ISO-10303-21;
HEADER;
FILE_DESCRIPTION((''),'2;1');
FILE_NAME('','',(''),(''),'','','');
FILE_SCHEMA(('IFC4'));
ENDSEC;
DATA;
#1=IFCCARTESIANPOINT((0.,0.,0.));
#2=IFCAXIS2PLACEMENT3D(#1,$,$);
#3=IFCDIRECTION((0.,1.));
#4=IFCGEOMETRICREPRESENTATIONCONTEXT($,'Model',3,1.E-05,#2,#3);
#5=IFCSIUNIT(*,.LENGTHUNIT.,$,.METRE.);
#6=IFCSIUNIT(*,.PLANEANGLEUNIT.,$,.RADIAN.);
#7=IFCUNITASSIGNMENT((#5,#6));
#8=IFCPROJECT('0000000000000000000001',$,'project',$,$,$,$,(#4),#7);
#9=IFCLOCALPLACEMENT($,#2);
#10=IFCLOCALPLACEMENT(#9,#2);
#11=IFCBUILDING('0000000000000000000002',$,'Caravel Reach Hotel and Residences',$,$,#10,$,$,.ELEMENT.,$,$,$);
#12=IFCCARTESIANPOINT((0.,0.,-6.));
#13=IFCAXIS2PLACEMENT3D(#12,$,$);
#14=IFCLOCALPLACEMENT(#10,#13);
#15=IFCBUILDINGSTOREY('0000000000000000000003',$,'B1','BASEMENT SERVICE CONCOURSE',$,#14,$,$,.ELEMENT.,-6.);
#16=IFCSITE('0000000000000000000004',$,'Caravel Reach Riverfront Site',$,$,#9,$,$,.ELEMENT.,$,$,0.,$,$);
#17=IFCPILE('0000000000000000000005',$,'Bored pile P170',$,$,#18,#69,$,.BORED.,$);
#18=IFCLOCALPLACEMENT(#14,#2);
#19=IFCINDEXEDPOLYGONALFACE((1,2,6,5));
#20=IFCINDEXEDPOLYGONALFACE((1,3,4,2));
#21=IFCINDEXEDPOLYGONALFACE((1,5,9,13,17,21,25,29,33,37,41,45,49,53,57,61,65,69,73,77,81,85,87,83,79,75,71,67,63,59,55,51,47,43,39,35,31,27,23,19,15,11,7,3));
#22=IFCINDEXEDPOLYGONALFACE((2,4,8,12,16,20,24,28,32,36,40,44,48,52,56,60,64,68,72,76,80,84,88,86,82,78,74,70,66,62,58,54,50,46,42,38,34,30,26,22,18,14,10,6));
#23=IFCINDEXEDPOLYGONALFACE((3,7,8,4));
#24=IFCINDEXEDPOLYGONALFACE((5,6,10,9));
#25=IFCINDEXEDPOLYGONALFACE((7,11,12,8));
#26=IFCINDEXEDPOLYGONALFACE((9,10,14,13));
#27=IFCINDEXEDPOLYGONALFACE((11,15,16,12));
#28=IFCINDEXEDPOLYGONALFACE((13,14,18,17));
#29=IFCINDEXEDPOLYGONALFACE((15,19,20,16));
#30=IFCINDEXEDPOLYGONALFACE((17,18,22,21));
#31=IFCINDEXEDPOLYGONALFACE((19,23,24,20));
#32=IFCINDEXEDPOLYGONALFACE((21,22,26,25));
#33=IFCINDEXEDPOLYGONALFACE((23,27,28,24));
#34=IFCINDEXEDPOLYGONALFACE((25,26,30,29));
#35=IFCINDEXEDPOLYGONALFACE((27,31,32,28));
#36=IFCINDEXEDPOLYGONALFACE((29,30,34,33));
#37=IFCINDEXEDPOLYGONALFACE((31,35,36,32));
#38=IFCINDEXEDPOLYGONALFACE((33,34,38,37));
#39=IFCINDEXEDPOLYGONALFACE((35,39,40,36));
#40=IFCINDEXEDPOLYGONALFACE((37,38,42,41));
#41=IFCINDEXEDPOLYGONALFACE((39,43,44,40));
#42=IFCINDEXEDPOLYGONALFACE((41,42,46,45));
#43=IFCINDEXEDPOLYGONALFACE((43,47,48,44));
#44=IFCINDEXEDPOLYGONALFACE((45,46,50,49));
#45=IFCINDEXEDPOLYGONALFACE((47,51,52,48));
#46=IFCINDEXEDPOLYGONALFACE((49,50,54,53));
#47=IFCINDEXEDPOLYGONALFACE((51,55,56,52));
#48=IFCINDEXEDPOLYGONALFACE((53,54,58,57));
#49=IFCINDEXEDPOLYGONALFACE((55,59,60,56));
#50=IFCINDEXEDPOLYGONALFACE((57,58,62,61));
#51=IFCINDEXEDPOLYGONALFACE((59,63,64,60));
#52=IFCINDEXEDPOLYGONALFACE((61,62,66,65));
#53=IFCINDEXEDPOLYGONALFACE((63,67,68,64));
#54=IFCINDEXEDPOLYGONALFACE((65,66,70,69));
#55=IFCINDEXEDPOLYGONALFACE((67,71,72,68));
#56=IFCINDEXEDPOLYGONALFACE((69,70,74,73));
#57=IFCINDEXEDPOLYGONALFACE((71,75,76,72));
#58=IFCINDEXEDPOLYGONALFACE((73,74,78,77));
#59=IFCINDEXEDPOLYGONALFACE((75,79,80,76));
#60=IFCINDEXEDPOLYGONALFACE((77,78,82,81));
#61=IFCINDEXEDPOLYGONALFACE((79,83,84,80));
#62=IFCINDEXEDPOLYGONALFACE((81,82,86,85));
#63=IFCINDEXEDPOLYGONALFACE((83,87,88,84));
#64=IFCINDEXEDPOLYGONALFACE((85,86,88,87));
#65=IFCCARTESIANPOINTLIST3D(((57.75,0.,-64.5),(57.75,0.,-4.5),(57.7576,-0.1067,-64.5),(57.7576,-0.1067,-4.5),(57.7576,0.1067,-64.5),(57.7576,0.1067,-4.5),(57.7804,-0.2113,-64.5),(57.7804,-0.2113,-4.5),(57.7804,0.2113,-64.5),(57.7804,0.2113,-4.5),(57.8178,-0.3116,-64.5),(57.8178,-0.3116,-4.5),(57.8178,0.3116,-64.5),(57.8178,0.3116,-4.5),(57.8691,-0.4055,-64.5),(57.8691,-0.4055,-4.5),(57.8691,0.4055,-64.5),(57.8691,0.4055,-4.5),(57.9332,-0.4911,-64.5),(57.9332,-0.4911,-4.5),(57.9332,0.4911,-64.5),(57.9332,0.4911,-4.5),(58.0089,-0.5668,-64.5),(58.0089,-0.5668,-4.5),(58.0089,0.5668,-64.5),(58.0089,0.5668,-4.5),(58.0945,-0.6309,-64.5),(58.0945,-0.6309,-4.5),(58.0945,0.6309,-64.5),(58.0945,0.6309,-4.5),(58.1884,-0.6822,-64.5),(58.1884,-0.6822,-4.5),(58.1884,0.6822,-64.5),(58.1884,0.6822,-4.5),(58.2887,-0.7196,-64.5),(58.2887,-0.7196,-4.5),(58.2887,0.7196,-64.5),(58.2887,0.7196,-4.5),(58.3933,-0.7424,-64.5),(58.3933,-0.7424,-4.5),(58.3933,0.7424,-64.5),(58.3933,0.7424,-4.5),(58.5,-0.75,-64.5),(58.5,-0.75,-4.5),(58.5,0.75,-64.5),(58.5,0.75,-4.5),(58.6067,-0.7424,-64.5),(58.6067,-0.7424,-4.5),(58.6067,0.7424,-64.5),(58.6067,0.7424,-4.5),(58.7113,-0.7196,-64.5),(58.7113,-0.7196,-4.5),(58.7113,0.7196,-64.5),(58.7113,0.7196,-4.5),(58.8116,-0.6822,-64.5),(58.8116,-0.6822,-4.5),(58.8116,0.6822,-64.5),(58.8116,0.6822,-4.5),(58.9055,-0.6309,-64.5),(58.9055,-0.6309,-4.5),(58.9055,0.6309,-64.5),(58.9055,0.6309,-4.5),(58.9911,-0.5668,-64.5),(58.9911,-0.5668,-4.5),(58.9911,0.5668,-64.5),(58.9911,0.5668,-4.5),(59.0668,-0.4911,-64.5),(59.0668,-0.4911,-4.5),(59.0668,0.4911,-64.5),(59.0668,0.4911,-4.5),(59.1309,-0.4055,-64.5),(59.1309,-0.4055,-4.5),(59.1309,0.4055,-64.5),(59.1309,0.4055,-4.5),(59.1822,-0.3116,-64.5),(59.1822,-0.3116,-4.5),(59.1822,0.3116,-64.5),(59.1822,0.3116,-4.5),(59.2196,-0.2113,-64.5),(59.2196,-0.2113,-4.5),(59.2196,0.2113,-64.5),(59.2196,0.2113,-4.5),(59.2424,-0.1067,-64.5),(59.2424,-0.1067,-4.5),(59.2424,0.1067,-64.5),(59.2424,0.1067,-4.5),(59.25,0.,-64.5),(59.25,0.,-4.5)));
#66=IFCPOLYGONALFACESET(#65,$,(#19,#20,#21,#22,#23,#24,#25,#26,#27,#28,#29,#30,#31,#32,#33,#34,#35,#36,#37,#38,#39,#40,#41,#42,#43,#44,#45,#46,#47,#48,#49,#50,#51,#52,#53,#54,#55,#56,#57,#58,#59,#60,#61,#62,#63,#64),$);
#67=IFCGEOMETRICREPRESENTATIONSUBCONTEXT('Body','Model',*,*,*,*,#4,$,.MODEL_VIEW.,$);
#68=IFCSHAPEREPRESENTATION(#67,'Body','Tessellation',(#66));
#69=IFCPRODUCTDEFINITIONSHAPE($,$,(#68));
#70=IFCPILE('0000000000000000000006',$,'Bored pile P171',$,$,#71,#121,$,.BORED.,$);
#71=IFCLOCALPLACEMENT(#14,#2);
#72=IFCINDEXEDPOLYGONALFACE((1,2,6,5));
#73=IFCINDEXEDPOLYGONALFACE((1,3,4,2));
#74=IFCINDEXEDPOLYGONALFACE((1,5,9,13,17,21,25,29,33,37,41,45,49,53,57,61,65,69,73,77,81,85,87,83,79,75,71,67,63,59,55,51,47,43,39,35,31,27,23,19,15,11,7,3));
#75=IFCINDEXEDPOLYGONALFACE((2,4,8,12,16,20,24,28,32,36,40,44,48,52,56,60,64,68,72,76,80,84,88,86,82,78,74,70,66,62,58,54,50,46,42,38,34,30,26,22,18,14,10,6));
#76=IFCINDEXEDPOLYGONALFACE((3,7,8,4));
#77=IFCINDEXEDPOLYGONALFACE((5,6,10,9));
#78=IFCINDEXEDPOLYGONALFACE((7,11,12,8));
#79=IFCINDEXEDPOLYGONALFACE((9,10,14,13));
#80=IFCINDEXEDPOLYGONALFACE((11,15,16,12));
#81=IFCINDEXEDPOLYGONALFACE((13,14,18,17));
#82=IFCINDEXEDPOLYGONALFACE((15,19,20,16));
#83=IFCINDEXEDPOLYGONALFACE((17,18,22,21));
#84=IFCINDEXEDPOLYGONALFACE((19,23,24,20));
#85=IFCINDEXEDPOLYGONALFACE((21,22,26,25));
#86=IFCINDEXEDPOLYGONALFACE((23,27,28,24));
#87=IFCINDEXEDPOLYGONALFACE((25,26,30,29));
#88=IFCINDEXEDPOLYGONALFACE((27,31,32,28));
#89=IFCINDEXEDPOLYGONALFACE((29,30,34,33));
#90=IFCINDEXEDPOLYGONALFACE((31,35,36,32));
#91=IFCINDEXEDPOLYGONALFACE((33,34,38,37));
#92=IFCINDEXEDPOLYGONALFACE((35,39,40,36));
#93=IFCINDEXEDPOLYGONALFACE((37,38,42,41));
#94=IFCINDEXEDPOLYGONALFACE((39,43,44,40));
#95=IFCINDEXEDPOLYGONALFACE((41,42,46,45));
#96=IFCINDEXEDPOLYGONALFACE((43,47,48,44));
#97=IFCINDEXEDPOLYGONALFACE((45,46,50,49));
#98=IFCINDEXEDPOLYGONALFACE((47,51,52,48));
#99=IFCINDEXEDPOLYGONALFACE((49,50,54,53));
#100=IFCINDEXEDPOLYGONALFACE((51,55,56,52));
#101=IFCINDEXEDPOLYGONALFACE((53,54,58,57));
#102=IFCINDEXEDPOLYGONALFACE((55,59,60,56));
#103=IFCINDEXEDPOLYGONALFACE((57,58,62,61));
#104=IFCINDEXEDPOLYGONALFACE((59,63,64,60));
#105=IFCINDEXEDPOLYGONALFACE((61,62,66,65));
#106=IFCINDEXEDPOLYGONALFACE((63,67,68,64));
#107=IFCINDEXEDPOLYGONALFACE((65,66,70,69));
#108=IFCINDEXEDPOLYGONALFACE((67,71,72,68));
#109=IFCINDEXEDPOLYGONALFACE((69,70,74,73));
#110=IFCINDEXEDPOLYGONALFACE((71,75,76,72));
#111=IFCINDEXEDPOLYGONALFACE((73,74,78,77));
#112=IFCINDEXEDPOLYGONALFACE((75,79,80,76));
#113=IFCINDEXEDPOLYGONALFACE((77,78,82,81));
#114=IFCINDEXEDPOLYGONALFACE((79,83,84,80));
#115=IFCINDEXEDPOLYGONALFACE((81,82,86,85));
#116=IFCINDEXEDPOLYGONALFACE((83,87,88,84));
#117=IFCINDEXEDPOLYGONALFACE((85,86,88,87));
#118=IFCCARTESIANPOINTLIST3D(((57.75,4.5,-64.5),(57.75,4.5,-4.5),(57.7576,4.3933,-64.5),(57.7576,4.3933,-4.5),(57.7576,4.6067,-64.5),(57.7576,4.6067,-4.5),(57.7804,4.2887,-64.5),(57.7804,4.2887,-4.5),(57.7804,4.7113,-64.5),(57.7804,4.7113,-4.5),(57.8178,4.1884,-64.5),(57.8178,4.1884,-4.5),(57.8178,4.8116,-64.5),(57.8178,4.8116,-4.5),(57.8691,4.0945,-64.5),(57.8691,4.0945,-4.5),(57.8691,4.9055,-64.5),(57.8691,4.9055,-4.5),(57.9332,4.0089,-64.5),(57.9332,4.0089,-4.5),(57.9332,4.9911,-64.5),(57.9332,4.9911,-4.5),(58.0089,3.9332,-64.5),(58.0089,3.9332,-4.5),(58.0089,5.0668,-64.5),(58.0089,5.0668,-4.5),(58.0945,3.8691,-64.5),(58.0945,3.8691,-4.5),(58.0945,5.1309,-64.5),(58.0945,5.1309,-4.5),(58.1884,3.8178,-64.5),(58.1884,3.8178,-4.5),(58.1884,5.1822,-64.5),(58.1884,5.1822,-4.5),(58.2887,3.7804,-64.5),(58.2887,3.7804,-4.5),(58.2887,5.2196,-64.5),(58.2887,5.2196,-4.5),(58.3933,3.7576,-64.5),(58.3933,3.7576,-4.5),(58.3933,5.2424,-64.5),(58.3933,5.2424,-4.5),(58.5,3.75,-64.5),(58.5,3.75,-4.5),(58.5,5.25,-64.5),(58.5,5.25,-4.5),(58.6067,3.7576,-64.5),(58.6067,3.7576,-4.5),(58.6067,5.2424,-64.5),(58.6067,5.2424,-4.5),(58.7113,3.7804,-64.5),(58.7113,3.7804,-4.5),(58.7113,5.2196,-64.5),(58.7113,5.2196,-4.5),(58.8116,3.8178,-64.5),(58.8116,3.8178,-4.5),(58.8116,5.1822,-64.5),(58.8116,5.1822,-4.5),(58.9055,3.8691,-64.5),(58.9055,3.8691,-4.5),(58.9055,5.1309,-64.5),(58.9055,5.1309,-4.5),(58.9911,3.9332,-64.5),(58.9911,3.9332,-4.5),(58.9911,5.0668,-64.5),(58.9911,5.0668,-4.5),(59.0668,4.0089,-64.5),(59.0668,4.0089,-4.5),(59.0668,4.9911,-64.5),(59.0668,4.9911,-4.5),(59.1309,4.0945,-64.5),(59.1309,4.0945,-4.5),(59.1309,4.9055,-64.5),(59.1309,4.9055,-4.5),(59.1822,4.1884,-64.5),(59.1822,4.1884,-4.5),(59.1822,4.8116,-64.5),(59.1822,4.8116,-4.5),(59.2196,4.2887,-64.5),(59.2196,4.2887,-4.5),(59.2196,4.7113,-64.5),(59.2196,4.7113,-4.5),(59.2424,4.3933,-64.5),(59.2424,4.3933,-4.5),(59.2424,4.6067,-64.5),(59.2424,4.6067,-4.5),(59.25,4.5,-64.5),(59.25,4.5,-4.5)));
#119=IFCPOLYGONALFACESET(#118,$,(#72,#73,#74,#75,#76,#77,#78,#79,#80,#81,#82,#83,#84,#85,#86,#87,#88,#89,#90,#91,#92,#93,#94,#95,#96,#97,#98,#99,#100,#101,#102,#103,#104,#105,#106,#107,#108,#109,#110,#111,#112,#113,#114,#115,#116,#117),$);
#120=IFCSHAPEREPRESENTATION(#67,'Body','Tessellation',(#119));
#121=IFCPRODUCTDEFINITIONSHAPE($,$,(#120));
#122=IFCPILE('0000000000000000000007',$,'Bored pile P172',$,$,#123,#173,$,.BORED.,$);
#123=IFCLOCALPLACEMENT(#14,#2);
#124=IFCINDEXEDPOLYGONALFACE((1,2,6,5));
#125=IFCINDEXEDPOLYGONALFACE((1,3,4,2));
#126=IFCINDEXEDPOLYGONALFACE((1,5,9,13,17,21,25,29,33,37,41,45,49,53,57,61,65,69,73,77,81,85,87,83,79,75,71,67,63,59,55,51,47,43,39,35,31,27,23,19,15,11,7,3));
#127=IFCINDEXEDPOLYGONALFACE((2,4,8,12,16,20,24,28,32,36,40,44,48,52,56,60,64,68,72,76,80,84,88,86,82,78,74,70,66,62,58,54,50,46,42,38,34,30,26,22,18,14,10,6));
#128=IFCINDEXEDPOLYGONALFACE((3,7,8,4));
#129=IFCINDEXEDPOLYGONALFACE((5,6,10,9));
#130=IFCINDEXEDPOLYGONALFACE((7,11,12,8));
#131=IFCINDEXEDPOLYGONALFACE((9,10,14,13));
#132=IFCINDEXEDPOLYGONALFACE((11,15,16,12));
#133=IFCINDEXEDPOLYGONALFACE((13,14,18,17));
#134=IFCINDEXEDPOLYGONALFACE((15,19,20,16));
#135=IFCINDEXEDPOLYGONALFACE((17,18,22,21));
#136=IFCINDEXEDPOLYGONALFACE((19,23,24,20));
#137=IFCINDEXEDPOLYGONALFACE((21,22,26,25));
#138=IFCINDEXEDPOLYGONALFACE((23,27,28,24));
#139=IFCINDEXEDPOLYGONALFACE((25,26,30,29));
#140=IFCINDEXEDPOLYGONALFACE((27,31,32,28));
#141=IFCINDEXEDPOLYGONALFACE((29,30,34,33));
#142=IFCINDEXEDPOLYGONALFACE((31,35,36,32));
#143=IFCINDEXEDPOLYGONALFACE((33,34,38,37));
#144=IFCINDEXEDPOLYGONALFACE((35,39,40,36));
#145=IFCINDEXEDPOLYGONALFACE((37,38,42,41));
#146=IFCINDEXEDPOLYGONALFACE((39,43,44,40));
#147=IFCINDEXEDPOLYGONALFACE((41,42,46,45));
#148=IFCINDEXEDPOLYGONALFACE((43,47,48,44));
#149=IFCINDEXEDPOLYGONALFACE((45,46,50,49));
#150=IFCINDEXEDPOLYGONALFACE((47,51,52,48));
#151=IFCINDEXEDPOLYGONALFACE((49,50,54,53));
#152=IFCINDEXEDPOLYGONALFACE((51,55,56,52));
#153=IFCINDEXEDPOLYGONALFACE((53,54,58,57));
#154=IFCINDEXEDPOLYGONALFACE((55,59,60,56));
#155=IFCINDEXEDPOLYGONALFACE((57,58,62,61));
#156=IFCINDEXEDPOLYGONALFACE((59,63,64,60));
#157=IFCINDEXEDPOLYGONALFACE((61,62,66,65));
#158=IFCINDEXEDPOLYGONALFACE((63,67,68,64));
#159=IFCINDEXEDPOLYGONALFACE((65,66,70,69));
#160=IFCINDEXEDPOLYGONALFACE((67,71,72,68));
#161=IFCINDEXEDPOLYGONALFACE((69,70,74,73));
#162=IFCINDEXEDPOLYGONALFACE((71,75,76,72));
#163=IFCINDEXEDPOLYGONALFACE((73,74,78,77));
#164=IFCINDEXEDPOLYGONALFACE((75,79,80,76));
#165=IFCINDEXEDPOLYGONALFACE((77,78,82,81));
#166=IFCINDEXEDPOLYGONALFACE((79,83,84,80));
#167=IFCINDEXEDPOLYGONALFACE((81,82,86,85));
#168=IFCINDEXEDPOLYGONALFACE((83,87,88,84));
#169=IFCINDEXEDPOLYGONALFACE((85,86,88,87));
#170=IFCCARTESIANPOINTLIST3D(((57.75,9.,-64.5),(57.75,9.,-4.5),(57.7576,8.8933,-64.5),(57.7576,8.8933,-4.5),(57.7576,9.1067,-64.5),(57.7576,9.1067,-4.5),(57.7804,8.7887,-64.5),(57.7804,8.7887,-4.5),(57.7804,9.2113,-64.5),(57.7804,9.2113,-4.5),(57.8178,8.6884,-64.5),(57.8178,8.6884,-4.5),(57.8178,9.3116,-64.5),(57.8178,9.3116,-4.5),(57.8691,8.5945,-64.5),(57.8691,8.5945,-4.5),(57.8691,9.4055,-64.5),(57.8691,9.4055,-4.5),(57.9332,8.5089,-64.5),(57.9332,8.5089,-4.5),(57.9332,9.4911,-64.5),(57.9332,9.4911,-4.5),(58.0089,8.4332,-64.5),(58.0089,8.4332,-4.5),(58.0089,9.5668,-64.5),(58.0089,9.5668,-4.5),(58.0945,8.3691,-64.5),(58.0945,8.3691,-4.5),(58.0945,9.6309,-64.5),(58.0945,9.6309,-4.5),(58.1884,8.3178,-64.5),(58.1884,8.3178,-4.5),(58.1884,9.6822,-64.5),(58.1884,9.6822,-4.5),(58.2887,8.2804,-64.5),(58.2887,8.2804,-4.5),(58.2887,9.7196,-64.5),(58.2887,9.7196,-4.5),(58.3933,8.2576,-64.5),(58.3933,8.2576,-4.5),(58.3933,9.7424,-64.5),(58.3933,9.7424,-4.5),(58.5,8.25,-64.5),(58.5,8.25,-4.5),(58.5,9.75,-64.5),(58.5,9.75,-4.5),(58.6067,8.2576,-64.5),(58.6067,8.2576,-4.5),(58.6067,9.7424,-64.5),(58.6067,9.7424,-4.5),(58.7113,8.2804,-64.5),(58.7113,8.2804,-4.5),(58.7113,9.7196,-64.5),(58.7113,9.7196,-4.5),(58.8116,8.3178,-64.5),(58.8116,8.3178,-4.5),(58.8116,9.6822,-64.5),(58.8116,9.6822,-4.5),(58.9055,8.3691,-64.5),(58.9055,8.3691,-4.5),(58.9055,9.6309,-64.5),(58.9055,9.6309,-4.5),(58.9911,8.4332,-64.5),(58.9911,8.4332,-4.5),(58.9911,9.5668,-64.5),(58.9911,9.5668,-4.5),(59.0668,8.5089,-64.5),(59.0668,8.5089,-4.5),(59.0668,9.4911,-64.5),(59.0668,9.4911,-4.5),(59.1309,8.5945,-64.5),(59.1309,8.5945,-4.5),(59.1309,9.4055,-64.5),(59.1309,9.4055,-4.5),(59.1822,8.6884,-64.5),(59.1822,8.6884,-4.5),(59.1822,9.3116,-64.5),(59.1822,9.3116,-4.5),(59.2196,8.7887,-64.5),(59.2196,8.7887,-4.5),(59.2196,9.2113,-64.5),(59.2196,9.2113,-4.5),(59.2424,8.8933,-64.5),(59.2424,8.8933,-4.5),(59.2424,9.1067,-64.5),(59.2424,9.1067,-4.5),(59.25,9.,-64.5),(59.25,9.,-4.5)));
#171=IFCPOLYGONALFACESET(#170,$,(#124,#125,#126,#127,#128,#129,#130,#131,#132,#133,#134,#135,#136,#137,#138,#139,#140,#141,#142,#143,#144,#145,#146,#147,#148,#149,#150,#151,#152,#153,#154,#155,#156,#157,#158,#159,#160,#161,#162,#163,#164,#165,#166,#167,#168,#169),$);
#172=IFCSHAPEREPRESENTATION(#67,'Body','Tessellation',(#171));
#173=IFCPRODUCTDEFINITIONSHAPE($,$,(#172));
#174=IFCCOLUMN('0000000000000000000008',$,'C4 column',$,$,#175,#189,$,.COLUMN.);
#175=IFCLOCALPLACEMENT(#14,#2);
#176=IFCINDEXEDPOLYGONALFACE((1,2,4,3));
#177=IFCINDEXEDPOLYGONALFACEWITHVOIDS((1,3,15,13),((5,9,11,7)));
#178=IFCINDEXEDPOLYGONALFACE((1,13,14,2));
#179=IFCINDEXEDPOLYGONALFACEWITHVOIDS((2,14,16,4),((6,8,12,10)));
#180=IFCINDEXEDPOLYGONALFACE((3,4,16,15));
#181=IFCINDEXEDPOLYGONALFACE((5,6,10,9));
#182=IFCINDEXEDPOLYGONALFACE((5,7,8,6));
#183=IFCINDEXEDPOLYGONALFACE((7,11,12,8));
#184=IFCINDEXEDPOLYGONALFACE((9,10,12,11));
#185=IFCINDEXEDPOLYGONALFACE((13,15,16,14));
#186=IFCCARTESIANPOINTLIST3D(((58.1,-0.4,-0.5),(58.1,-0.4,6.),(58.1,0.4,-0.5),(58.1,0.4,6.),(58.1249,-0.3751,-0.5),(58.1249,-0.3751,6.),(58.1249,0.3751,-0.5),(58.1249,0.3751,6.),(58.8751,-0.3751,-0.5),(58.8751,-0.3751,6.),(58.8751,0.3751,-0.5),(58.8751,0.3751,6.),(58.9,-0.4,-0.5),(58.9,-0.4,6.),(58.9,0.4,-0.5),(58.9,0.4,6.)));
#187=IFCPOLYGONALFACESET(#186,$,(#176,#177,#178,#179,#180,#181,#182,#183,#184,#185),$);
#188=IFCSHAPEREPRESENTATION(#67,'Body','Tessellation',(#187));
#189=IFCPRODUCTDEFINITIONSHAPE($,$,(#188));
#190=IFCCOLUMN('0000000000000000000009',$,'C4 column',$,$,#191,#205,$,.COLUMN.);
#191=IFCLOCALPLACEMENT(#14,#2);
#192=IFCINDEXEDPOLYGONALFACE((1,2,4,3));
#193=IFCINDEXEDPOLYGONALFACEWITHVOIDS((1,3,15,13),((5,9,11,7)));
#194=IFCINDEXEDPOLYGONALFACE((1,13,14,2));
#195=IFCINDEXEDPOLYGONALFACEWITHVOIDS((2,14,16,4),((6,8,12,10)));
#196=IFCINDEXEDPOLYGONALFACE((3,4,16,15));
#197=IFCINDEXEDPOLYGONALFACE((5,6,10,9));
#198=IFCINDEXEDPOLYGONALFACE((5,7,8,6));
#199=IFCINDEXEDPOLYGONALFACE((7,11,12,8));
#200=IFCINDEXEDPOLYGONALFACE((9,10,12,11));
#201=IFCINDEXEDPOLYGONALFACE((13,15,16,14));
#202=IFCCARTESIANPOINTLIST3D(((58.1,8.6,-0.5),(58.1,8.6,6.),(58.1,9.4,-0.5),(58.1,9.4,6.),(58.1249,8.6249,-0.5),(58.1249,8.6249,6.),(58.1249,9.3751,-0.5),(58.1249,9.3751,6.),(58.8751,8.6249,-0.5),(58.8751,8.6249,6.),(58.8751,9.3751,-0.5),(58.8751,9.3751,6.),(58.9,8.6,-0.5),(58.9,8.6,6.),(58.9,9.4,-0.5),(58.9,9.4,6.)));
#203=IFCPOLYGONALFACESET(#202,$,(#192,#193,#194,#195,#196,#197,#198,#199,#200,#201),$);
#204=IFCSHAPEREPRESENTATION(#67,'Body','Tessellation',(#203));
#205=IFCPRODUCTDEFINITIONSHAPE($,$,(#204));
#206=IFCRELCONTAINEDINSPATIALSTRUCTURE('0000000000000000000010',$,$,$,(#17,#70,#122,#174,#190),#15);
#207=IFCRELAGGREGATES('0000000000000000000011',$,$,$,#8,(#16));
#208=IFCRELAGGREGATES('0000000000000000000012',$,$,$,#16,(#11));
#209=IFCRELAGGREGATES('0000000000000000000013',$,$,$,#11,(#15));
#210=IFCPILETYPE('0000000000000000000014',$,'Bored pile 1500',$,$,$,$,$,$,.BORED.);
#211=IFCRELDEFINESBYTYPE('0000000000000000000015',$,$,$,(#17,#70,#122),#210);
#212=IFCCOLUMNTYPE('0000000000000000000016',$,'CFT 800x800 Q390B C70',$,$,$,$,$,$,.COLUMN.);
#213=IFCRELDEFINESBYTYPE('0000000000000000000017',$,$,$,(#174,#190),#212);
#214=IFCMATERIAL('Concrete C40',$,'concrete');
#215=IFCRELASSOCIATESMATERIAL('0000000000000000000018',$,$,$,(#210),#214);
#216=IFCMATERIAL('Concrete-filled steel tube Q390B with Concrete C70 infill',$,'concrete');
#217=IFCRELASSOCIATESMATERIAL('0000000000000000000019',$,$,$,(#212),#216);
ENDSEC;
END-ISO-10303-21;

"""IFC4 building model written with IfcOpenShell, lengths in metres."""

from ifc_helpers import new_model, si_unit, direction, frame, origin, origin_2d, place, context, subcontext, project, spatial, hollow_rectangle, circle, extrude, material, material_profile, profile_set, type_object, element, save


model = new_model("IFC4")

# Units and contexts
model_context = context("Model", 3, precision=1e-05, world=origin(), true_north=direction((0.0, 1.0)))
body_context = subcontext(model_context, "Body", "Model", "MODEL_VIEW")
ifc_project = project(units=[si_unit("LENGTHUNIT", "METRE"), si_unit("PLANEANGLEUNIT", "RADIAN")], contexts=[model_context])

# Site, building, storey
site_placement = place(None, origin())
site = spatial("IfcSite", under=ifc_project, at=site_placement, Name="Caravel Reach Riverfront Site", CompositionType="ELEMENT", RefElevation=0.0)
building_placement = place(site_placement, origin())
building = spatial("IfcBuilding", under=site, at=building_placement, Name="Caravel Reach Hotel and Residences", CompositionType="ELEMENT")
storey_placement = place(building_placement, frame((0.0, 0.0, -6.0)))
storey = spatial("IfcBuildingStorey", under=building, at=storey_placement, Name="B1", Description="BASEMENT SERVICE CONCOURSE", CompositionType="ELEMENT", Elevation=-6.0)

# Piles
ifc_material_1 = material(Name="Concrete C40", Category="concrete")
ifc_material_profile_1 = material_profile(ifc_material_1, circle(Radius=0.75, at=origin_2d()), Name="PILE 1500")
ifc_profile_set_1 = profile_set([ifc_material_profile_1], Name="Concrete C40")
pile_type = type_object("IfcPileType", Name="Bored pile 1500", PredefinedType="BORED", material=ifc_profile_set_1)
for number, where, z_axis, x_axis, name in (
    (1, (58.5, 0.0, -4.5), (0.0, 0.0, -1.0), (1.0, 0.0, 0.0), "Bored pile P170"),
    (2, (58.5, 4.5, -4.5), (0.0, 0.0, -1.0), (1.0, 0.0, 0.0), "Bored pile P171"),
    (3, (58.5, 9.0, -4.5), (0.0, 0.0, -1.0), (1.0, 0.0, 0.0), "Bored pile P172"),
):
    element("IfcPile", number, at=place(storey_placement, frame(where, z_axis=z_axis, x_axis=x_axis)), inside=storey, type_object=pile_type, Name=name, PredefinedType="BORED", context=body_context, shape_type="SweptSolid", body=[
        extrude(circle(Radius=0.75, at=origin_2d()), origin(), (0.0, 0.0, 1.0), 60.0),
    ])

# Columns
ifc_material_2 = material(Name="Concrete-filled steel tube Q390B with Concrete C70 infill", Category="concrete")
ifc_material_profile_2 = material_profile(ifc_material_2, hollow_rectangle(XDim=0.8, YDim=0.8, WallThickness=0.0249, at=origin_2d()), Name="RHS 800x800x25")
ifc_profile_set_2 = profile_set([ifc_material_profile_2], Name="Concrete-filled steel tube Q390B with Concrete C70 infill")
column_type = type_object("IfcColumnType", Name="CFT 800x800 Q390B C70", PredefinedType="COLUMN", material=ifc_profile_set_2)
for number, where, z_axis, x_axis, name in (
    (4, (58.5, 0.0, -0.5), (0.0, 0.0, 1.0), (1.0, 0.0, 0.0), "C4 column"),
    (5, (58.5, 9.0, -0.5), (0.0, 0.0, 1.0), (1.0, 0.0, 0.0), "C4 column"),
):
    element("IfcColumn", number, at=place(storey_placement, frame(where, z_axis=z_axis, x_axis=x_axis)), inside=storey, type_object=column_type, Name=name, PredefinedType="COLUMN", context=body_context, shape_type="SweptSolid", body=[
        extrude(hollow_rectangle(XDim=0.8, YDim=0.8, WallThickness=0.0249, at=origin_2d()), origin(), (0.0, 0.0, 1.0), 6.5),
    ])

save(model, "model.ifc")
